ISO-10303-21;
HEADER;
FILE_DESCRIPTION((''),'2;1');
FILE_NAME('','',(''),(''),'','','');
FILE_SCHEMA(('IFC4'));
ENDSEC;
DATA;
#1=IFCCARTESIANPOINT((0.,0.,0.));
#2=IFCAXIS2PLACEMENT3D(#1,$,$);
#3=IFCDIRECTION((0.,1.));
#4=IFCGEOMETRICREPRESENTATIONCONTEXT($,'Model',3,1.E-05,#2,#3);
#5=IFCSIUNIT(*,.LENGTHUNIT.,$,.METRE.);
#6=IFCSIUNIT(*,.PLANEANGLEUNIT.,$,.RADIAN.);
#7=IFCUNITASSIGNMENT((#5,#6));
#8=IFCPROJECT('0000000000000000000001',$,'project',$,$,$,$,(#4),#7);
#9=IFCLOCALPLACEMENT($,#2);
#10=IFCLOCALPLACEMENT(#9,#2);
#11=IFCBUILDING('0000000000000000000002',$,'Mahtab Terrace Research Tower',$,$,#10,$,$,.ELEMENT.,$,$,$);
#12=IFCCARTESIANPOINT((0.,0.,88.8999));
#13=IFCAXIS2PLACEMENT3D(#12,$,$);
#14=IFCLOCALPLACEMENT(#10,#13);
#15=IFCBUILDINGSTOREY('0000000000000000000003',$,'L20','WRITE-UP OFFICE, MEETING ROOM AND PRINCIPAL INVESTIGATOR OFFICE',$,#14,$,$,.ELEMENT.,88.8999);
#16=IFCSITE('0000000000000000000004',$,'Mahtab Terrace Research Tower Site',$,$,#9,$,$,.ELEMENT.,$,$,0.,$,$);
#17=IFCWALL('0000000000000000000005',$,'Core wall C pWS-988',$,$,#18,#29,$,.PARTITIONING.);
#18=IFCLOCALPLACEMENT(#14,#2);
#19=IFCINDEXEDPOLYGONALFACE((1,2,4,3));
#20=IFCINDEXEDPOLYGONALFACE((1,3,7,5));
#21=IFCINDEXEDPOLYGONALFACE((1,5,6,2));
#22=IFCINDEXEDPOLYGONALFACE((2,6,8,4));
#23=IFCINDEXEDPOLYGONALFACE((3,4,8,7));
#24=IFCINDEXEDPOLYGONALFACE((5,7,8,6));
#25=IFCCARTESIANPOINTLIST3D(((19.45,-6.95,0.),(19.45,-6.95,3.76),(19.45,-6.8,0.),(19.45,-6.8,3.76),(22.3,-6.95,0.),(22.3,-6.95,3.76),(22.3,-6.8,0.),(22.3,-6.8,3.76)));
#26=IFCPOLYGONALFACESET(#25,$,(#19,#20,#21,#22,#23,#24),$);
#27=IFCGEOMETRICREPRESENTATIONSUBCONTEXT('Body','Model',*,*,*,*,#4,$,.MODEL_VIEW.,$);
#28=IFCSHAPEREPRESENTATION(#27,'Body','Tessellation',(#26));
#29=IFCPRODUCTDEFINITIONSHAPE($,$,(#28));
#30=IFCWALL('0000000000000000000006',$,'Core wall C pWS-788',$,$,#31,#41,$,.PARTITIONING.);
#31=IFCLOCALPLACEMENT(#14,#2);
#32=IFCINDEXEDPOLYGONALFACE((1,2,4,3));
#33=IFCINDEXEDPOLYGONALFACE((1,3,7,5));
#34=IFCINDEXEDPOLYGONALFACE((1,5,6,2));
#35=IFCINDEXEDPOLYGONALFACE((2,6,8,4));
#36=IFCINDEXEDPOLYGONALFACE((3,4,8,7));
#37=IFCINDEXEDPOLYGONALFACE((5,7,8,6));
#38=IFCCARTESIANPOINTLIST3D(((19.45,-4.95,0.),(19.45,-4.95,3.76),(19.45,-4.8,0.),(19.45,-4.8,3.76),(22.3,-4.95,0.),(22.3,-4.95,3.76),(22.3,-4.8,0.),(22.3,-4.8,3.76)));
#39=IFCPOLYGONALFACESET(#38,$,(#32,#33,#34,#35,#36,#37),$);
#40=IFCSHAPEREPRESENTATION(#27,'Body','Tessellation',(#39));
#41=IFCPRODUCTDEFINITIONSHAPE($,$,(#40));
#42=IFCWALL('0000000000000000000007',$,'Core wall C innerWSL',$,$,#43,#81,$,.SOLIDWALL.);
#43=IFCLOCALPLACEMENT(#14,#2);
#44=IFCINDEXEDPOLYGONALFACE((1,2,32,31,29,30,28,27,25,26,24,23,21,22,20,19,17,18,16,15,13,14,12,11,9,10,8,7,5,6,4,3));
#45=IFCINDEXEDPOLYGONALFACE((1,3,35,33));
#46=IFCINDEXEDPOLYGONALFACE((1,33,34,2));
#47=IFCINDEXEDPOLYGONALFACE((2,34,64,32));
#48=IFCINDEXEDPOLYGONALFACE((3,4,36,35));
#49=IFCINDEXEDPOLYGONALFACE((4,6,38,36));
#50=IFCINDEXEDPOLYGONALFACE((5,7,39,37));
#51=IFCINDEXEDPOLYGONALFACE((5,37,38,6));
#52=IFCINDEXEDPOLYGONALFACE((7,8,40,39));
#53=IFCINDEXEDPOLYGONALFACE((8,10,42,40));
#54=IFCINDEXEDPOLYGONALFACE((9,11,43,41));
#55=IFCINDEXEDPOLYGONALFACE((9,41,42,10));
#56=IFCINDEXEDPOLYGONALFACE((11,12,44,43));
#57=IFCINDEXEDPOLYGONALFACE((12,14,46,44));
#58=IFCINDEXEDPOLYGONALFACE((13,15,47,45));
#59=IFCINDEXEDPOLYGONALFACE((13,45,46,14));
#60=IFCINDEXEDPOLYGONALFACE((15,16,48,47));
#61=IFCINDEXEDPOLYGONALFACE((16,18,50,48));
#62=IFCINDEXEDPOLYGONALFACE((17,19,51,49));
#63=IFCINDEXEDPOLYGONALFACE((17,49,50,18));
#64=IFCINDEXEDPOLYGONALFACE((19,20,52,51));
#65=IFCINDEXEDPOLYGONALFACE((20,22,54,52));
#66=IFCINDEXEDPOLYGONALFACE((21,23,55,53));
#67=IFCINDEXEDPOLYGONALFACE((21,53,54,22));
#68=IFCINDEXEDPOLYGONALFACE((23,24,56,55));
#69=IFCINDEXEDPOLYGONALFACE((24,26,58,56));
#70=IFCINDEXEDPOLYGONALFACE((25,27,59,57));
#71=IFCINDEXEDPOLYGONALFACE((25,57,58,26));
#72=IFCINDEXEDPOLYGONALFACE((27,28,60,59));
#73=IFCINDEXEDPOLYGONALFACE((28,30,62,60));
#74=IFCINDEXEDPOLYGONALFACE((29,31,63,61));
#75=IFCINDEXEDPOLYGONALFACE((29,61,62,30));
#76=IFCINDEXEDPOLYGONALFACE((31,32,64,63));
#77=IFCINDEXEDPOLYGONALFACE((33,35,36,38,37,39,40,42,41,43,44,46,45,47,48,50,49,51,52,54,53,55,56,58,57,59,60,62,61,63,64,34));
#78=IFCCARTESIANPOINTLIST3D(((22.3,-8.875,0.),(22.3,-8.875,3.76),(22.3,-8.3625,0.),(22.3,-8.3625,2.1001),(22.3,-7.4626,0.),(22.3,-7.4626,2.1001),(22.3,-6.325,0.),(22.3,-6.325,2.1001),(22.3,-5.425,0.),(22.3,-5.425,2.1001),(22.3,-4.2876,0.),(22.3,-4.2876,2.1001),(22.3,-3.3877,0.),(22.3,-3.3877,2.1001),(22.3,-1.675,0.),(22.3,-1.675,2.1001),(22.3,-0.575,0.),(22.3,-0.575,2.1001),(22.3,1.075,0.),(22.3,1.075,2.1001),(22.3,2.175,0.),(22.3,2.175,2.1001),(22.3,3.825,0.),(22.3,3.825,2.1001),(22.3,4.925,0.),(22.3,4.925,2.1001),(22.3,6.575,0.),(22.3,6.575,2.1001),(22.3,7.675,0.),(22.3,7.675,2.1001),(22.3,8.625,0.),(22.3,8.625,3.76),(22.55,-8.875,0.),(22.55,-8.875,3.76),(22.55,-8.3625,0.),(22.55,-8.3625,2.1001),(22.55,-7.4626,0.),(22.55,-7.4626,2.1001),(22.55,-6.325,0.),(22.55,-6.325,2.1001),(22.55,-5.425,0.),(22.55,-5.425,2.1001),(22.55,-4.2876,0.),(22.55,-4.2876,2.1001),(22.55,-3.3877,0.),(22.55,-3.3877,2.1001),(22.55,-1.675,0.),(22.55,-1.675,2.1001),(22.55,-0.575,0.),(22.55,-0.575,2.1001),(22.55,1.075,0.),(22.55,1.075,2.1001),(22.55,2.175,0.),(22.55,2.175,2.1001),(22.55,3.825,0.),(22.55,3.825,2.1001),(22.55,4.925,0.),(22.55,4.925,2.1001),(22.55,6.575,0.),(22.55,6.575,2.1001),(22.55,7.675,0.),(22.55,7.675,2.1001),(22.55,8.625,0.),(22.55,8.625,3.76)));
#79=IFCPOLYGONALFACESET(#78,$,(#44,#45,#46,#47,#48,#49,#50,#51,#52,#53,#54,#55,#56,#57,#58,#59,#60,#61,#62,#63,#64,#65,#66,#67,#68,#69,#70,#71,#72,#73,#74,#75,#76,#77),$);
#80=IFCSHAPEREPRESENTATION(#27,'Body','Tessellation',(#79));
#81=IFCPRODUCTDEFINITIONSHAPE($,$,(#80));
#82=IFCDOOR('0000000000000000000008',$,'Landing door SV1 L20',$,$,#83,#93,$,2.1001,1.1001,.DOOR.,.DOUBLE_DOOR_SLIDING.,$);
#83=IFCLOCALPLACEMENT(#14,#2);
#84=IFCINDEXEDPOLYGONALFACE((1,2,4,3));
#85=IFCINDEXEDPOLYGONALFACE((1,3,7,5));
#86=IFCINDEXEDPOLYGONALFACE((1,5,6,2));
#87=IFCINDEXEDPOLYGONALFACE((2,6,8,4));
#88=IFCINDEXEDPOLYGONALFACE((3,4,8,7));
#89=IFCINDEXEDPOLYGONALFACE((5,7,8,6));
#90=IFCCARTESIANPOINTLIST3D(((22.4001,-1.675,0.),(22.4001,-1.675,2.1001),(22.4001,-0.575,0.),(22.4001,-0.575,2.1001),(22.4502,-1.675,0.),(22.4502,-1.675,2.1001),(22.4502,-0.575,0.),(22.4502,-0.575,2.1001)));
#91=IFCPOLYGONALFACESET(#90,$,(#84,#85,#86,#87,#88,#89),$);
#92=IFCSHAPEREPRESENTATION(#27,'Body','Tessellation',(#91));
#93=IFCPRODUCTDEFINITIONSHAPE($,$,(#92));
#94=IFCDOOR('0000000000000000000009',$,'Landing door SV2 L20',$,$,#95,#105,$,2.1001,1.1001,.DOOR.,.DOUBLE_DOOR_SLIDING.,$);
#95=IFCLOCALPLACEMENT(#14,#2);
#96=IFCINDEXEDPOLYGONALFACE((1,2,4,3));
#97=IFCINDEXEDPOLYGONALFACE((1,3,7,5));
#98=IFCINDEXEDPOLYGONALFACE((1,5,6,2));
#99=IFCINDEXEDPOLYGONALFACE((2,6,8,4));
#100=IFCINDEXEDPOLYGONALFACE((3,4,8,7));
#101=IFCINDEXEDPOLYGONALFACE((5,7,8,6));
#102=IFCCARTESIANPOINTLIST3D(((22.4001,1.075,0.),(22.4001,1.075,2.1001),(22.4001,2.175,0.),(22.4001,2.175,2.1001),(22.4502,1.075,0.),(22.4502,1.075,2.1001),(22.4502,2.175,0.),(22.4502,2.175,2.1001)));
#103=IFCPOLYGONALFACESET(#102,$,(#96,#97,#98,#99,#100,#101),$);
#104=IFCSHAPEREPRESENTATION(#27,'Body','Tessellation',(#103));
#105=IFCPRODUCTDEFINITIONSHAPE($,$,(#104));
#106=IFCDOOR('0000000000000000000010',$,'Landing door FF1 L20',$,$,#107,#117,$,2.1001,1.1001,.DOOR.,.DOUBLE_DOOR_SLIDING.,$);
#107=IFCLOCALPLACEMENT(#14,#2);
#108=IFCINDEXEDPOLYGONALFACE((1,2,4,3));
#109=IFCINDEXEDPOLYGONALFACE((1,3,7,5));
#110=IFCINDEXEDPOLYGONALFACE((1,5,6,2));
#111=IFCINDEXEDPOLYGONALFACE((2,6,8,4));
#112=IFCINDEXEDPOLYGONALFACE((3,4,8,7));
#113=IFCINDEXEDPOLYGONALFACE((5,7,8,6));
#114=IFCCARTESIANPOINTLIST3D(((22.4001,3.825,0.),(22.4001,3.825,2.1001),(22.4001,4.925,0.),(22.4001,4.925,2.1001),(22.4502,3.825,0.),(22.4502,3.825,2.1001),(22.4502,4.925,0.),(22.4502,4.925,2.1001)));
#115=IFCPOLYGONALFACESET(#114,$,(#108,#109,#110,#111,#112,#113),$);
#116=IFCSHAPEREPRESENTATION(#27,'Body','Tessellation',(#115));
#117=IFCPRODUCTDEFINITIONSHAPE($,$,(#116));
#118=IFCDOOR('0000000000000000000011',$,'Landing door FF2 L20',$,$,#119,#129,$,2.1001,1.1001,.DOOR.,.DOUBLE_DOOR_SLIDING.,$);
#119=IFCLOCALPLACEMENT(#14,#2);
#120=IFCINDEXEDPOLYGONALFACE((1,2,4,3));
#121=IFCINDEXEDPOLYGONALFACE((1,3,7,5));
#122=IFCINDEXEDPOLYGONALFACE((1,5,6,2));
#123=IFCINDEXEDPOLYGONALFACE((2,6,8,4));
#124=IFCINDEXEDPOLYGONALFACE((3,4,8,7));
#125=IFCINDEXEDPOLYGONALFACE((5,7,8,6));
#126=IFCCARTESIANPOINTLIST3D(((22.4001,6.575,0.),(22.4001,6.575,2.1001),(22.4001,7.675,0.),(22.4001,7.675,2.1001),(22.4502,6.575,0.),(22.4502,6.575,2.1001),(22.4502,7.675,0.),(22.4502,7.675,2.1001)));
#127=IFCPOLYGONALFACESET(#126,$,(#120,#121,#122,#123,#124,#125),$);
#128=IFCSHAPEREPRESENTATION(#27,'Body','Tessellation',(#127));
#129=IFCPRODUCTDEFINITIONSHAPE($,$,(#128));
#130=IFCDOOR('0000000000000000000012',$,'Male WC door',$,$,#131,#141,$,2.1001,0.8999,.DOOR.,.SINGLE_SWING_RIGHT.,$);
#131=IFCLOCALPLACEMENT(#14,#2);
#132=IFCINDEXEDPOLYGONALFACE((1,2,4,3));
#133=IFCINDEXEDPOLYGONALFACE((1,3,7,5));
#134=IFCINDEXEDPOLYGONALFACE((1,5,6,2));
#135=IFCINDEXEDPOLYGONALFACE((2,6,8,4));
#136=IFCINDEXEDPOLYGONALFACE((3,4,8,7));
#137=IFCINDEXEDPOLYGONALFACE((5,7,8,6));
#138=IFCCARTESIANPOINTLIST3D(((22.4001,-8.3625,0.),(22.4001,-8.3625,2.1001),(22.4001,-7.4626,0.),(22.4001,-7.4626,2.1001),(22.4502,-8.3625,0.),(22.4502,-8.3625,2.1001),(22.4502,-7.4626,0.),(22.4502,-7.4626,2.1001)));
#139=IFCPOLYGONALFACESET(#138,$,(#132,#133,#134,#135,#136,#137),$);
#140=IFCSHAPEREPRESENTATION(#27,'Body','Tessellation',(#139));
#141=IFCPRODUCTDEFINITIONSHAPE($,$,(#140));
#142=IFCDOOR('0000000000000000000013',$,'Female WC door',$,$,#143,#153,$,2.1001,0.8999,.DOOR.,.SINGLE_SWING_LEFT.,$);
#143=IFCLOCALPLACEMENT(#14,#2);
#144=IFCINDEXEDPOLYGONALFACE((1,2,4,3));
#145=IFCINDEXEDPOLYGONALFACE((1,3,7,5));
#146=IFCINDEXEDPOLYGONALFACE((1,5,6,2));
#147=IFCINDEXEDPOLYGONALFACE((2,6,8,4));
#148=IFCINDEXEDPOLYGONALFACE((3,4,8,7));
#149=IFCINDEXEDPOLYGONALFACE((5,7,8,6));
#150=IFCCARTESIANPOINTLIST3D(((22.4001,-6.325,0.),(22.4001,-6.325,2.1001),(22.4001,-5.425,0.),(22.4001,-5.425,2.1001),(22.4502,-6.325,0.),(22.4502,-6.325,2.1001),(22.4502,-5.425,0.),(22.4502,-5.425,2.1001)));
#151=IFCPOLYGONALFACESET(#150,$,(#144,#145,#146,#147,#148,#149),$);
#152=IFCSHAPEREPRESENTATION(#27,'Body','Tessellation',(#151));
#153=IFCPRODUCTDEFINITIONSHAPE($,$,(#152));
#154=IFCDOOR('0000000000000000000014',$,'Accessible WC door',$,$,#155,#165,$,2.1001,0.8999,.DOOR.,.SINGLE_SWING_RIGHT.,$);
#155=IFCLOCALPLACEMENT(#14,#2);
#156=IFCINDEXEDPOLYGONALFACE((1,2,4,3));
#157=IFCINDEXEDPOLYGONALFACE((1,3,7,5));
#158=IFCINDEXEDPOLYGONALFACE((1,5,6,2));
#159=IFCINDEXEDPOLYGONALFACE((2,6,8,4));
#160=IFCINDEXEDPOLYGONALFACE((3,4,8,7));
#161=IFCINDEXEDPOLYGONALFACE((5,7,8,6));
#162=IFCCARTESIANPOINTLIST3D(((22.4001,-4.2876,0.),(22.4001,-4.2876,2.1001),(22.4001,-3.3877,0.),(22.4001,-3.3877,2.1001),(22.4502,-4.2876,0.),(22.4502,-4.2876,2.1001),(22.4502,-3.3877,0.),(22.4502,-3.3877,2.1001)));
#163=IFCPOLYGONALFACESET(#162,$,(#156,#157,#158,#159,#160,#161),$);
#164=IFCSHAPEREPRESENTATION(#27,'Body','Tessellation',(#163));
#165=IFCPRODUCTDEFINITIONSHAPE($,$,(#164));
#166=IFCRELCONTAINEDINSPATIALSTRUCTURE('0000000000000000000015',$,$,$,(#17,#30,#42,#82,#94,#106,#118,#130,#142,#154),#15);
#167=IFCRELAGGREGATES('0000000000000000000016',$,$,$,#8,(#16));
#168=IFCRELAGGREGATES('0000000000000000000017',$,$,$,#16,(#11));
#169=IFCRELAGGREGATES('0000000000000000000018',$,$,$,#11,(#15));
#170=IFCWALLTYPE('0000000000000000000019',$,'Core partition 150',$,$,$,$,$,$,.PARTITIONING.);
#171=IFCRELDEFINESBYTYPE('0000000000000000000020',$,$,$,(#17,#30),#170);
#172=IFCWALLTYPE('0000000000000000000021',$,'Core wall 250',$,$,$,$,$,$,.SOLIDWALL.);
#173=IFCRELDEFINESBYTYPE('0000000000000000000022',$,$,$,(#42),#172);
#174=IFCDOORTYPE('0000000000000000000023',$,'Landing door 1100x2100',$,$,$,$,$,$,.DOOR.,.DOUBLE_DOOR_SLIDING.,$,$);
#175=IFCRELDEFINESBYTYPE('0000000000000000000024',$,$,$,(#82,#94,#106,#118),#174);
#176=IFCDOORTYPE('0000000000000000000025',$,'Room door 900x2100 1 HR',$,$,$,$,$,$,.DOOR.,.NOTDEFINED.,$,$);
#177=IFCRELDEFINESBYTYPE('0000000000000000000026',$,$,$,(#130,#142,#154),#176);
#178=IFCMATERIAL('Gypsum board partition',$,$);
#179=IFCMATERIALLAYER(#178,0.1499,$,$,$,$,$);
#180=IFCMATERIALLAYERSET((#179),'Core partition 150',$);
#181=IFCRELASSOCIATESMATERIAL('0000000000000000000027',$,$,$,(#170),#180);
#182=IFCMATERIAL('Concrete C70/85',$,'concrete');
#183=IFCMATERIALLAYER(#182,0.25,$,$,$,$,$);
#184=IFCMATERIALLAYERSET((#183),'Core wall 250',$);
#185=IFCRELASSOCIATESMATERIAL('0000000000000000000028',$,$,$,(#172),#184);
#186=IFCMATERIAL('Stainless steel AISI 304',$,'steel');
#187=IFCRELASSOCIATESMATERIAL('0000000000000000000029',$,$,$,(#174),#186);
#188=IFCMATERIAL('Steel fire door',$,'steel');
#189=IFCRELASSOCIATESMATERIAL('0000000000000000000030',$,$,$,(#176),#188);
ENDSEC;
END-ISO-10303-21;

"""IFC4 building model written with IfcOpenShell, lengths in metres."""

from ifc_helpers import new_model, si_unit, direction, frame, frame_2d, origin, place, context, subcontext, project, spatial, rectangle, extrude, material, layer, layer_set, type_object, element, fill, save


model = new_model("IFC4")

# Units and contexts
model_context = context("Model", 3, precision=1e-05, world=origin(), true_north=direction((0.0, 1.0)))
body_context = subcontext(model_context, "Body", "Model", "MODEL_VIEW")
ifc_project = project(units=[si_unit("LENGTHUNIT", "METRE"), si_unit("PLANEANGLEUNIT", "RADIAN")], contexts=[model_context])

# Site, building, storey
site_placement = place(None, origin())
site = spatial("IfcSite", under=ifc_project, at=site_placement, Name="Mahtab Terrace Research Tower Site", CompositionType="ELEMENT", RefElevation=0.0)
building_placement = place(site_placement, origin())
building = spatial("IfcBuilding", under=site, at=building_placement, Name="Mahtab Terrace Research Tower", CompositionType="ELEMENT")
storey_placement = place(building_placement, frame((0.0, 0.0, 88.8999)))
storey = spatial("IfcBuildingStorey", under=building, at=storey_placement, Name="L20", Description="WRITE-UP OFFICE, MEETING ROOM AND PRINCIPAL INVESTIGATOR OFFICE", CompositionType="ELEMENT", Elevation=88.8999)

# Walls
ifc_material_1 = material(Name="Gypsum board partition")
ifc_layer_1 = layer(ifc_material_1, 0.1499)
ifc_layer_set_1 = layer_set([ifc_layer_1], Name="Core partition 150")
wall_type_1 = type_object("IfcWallType", Name="Core partition 150", PredefinedType="PARTITIONING", material=ifc_layer_set_1)
for number, where, z_axis, x_axis, name in (
    (1, (19.45, -6.875, 0.0), (0.0, 0.0, 1.0), (1.0, 0.0, 0.0), "Core wall C pWS-988"),
    (2, (19.45, -4.875, 0.0), (0.0, 0.0, 1.0), (1.0, 0.0, 0.0), "Core wall C pWS-788"),
):
    element("IfcWall", number, at=place(storey_placement, frame(where, z_axis=z_axis, x_axis=x_axis)), inside=storey, type_object=wall_type_1, Name=name, PredefinedType="PARTITIONING", context=body_context, shape_type="SweptSolid", body=[
        extrude(rectangle(XDim=2.8501, YDim=0.1499, at=frame_2d((1.425, 0.0))), origin(), (0.0, 0.0, 1.0), 3.76),
    ])

# Wall, openings, doors
ifc_material_2 = material(Name="Concrete C70/85", Category="concrete")
ifc_layer_2 = layer(ifc_material_2, 0.25)
ifc_layer_set_2 = layer_set([ifc_layer_2], Name="Core wall 250")
wall_type_2 = type_object("IfcWallType", Name="Core wall 250", PredefinedType="SOLIDWALL", material=ifc_layer_set_2)
wall_1_placement = place(storey_placement, frame((22.425, -8.875, 0.0), z_axis=(0.0, 0.0, 1.0), x_axis=(0.0, 1.0, 0.0)))
wall_1 = element("IfcWall", 3, at=wall_1_placement, inside=storey, type_object=wall_type_2, Name="Core wall C innerWSL", PredefinedType="SOLIDWALL", context=body_context, shape_type="SweptSolid", body=[
    extrude(rectangle(XDim=17.5, YDim=0.25, at=frame_2d((8.75, 0.0))), origin(), (0.0, 0.0, 1.0), 3.76),
])
opening_1_placement = place(wall_1_placement, frame((7.2, 0.0, 0.0)))
opening_1 = element("IfcOpeningElement", 4, at=opening_1_placement, cuts=wall_1, PredefinedType="OPENING", context=body_context, shape_type="SweptSolid", body=[
    extrude(rectangle(XDim=1.1001, YDim=2.1001, at=frame_2d((0.55, 1.05))), frame((0.0, 0.135, 0.0), z_axis=(0.0, -1.0, 0.0), x_axis=(1.0, 0.0, 0.0)), (0.0, 0.0, 1.0), 0.27),
])
opening_2_placement = place(wall_1_placement, frame((9.95, 0.0, 0.0)))
opening_2 = element("IfcOpeningElement", 5, at=opening_2_placement, cuts=wall_1, PredefinedType="OPENING", context=body_context, shape_type="SweptSolid", body=[
    extrude(rectangle(XDim=1.1001, YDim=2.1001, at=frame_2d((0.55, 1.05))), frame((0.0, 0.135, 0.0), z_axis=(0.0, -1.0, 0.0), x_axis=(1.0, 0.0, 0.0)), (0.0, 0.0, 1.0), 0.27),
])
opening_3_placement = place(wall_1_placement, frame((12.7, 0.0, 0.0)))
opening_3 = element("IfcOpeningElement", 6, at=opening_3_placement, cuts=wall_1, PredefinedType="OPENING", context=body_context, shape_type="SweptSolid", body=[
    extrude(rectangle(XDim=1.1001, YDim=2.1001, at=frame_2d((0.55, 1.05))), frame((0.0, 0.135, 0.0), z_axis=(0.0, -1.0, 0.0), x_axis=(1.0, 0.0, 0.0)), (0.0, 0.0, 1.0), 0.27),
])
opening_4_placement = place(wall_1_placement, frame((15.45, 0.0, 0.0)))
opening_4 = element("IfcOpeningElement", 7, at=opening_4_placement, cuts=wall_1, PredefinedType="OPENING", context=body_context, shape_type="SweptSolid", body=[
    extrude(rectangle(XDim=1.1001, YDim=2.1001, at=frame_2d((0.55, 1.05))), frame((0.0, 0.135, 0.0), z_axis=(0.0, -1.0, 0.0), x_axis=(1.0, 0.0, 0.0)), (0.0, 0.0, 1.0), 0.27),
])
opening_5_placement = place(wall_1_placement, frame((0.5125, 0.0, 0.0)))
opening_5 = element("IfcOpeningElement", 8, at=opening_5_placement, cuts=wall_1, PredefinedType="OPENING", context=body_context, shape_type="SweptSolid", body=[
    extrude(rectangle(XDim=0.8999, YDim=2.1001, at=frame_2d((0.45, 1.05))), frame((0.0, 0.135, 0.0), z_axis=(0.0, -1.0, 0.0), x_axis=(1.0, 0.0, 0.0)), (0.0, 0.0, 1.0), 0.27),
])
opening_6_placement = place(wall_1_placement, frame((2.55, 0.0, 0.0)))
opening_6 = element("IfcOpeningElement", 9, at=opening_6_placement, cuts=wall_1, PredefinedType="OPENING", context=body_context, shape_type="SweptSolid", body=[
    extrude(rectangle(XDim=0.8999, YDim=2.1001, at=frame_2d((0.45, 1.05))), frame((0.0, 0.135, 0.0), z_axis=(0.0, -1.0, 0.0), x_axis=(1.0, 0.0, 0.0)), (0.0, 0.0, 1.0), 0.27),
])
opening_7_placement = place(wall_1_placement, frame((4.5874, 0.0, 0.0)))
opening_7 = element("IfcOpeningElement", 10, at=opening_7_placement, cuts=wall_1, PredefinedType="OPENING", context=body_context, shape_type="SweptSolid", body=[
    extrude(rectangle(XDim=0.8999, YDim=2.1001, at=frame_2d((0.45, 1.05))), frame((0.0, 0.135, 0.0), z_axis=(0.0, -1.0, 0.0), x_axis=(1.0, 0.0, 0.0)), (0.0, 0.0, 1.0), 0.27),
])
ifc_material_3 = material(Name="Stainless steel AISI 304", Category="steel")
door_type_1 = type_object("IfcDoorType", Name="Landing door 1100x2100", OperationType="DOUBLE_DOOR_SLIDING", PredefinedType="DOOR", material=ifc_material_3)
door_1_placement = place(opening_1_placement, origin())
door_1 = element("IfcDoor", 11, at=door_1_placement, inside=storey, type_object=door_type_1, Name="Landing door SV1 L20", OperationType="DOUBLE_DOOR_SLIDING", OverallHeight=2.1001, OverallWidth=1.1001, PredefinedType="DOOR", context=body_context, shape_type="SweptSolid", body=[
    extrude(rectangle(XDim=1.1001, YDim=2.1001, at=frame_2d((0.55, 1.05))), frame((0.0, 0.0249, 0.0), z_axis=(0.0, -1.0, 0.0), x_axis=(1.0, 0.0, 0.0)), (0.0, 0.0, 1.0), 0.05),
])
fill(opening_1, door_1)
door_2_placement = place(opening_2_placement, origin())
door_2 = element("IfcDoor", 12, at=door_2_placement, inside=storey, type_object=door_type_1, Name="Landing door SV2 L20", OperationType="DOUBLE_DOOR_SLIDING", OverallHeight=2.1001, OverallWidth=1.1001, PredefinedType="DOOR", context=body_context, shape_type="SweptSolid", body=[
    extrude(rectangle(XDim=1.1001, YDim=2.1001, at=frame_2d((0.55, 1.05))), frame((0.0, 0.0249, 0.0), z_axis=(0.0, -1.0, 0.0), x_axis=(1.0, 0.0, 0.0)), (0.0, 0.0, 1.0), 0.05),
])
fill(opening_2, door_2)
door_3_placement = place(opening_3_placement, origin())
door_3 = element("IfcDoor", 13, at=door_3_placement, inside=storey, type_object=door_type_1, Name="Landing door FF1 L20", OperationType="DOUBLE_DOOR_SLIDING", OverallHeight=2.1001, OverallWidth=1.1001, PredefinedType="DOOR", context=body_context, shape_type="SweptSolid", body=[
    extrude(rectangle(XDim=1.1001, YDim=2.1001, at=frame_2d((0.55, 1.05))), frame((0.0, 0.0249, 0.0), z_axis=(0.0, -1.0, 0.0), x_axis=(1.0, 0.0, 0.0)), (0.0, 0.0, 1.0), 0.05),
])
fill(opening_3, door_3)
door_4_placement = place(opening_4_placement, origin())
door_4 = element("IfcDoor", 14, at=door_4_placement, inside=storey, type_object=door_type_1, Name="Landing door FF2 L20", OperationType="DOUBLE_DOOR_SLIDING", OverallHeight=2.1001, OverallWidth=1.1001, PredefinedType="DOOR", context=body_context, shape_type="SweptSolid", body=[
    extrude(rectangle(XDim=1.1001, YDim=2.1001, at=frame_2d((0.55, 1.05))), frame((0.0, 0.0249, 0.0), z_axis=(0.0, -1.0, 0.0), x_axis=(1.0, 0.0, 0.0)), (0.0, 0.0, 1.0), 0.05),
])
fill(opening_4, door_4)
ifc_material_4 = material(Name="Steel fire door", Category="steel")
door_type_2 = type_object("IfcDoorType", Name="Room door 900x2100 1 HR", OperationType="NOTDEFINED", PredefinedType="DOOR", material=ifc_material_4)
door_5_placement = place(opening_5_placement, origin())
door_5 = element("IfcDoor", 15, at=door_5_placement, inside=storey, type_object=door_type_2, Name="Male WC door", OperationType="SINGLE_SWING_RIGHT", OverallHeight=2.1001, OverallWidth=0.8999, PredefinedType="DOOR", context=body_context, shape_type="SweptSolid", body=[
    extrude(rectangle(XDim=0.8999, YDim=2.1001, at=frame_2d((0.45, 1.05))), frame((0.0, 0.0249, 0.0), z_axis=(0.0, -1.0, 0.0), x_axis=(1.0, 0.0, 0.0)), (0.0, 0.0, 1.0), 0.05),
])
fill(opening_5, door_5)
door_6_placement = place(opening_6_placement, origin())
door_6 = element("IfcDoor", 16, at=door_6_placement, inside=storey, type_object=door_type_2, Name="Female WC door", OperationType="SINGLE_SWING_LEFT", OverallHeight=2.1001, OverallWidth=0.8999, PredefinedType="DOOR", context=body_context, shape_type="SweptSolid", body=[
    extrude(rectangle(XDim=0.8999, YDim=2.1001, at=frame_2d((0.45, 1.05))), frame((0.0, 0.0249, 0.0), z_axis=(0.0, -1.0, 0.0), x_axis=(1.0, 0.0, 0.0)), (0.0, 0.0, 1.0), 0.05),
])
fill(opening_6, door_6)
door_7_placement = place(opening_7_placement, origin())
door_7 = element("IfcDoor", 17, at=door_7_placement, inside=storey, type_object=door_type_2, Name="Accessible WC door", OperationType="SINGLE_SWING_RIGHT", OverallHeight=2.1001, OverallWidth=0.8999, PredefinedType="DOOR", context=body_context, shape_type="SweptSolid", body=[
    extrude(rectangle(XDim=0.8999, YDim=2.1001, at=frame_2d((0.45, 1.05))), frame((0.0, 0.0249, 0.0), z_axis=(0.0, -1.0, 0.0), x_axis=(1.0, 0.0, 0.0)), (0.0, 0.0, 1.0), 0.05),
])
fill(opening_7, door_7)

save(model, "model.ifc")
